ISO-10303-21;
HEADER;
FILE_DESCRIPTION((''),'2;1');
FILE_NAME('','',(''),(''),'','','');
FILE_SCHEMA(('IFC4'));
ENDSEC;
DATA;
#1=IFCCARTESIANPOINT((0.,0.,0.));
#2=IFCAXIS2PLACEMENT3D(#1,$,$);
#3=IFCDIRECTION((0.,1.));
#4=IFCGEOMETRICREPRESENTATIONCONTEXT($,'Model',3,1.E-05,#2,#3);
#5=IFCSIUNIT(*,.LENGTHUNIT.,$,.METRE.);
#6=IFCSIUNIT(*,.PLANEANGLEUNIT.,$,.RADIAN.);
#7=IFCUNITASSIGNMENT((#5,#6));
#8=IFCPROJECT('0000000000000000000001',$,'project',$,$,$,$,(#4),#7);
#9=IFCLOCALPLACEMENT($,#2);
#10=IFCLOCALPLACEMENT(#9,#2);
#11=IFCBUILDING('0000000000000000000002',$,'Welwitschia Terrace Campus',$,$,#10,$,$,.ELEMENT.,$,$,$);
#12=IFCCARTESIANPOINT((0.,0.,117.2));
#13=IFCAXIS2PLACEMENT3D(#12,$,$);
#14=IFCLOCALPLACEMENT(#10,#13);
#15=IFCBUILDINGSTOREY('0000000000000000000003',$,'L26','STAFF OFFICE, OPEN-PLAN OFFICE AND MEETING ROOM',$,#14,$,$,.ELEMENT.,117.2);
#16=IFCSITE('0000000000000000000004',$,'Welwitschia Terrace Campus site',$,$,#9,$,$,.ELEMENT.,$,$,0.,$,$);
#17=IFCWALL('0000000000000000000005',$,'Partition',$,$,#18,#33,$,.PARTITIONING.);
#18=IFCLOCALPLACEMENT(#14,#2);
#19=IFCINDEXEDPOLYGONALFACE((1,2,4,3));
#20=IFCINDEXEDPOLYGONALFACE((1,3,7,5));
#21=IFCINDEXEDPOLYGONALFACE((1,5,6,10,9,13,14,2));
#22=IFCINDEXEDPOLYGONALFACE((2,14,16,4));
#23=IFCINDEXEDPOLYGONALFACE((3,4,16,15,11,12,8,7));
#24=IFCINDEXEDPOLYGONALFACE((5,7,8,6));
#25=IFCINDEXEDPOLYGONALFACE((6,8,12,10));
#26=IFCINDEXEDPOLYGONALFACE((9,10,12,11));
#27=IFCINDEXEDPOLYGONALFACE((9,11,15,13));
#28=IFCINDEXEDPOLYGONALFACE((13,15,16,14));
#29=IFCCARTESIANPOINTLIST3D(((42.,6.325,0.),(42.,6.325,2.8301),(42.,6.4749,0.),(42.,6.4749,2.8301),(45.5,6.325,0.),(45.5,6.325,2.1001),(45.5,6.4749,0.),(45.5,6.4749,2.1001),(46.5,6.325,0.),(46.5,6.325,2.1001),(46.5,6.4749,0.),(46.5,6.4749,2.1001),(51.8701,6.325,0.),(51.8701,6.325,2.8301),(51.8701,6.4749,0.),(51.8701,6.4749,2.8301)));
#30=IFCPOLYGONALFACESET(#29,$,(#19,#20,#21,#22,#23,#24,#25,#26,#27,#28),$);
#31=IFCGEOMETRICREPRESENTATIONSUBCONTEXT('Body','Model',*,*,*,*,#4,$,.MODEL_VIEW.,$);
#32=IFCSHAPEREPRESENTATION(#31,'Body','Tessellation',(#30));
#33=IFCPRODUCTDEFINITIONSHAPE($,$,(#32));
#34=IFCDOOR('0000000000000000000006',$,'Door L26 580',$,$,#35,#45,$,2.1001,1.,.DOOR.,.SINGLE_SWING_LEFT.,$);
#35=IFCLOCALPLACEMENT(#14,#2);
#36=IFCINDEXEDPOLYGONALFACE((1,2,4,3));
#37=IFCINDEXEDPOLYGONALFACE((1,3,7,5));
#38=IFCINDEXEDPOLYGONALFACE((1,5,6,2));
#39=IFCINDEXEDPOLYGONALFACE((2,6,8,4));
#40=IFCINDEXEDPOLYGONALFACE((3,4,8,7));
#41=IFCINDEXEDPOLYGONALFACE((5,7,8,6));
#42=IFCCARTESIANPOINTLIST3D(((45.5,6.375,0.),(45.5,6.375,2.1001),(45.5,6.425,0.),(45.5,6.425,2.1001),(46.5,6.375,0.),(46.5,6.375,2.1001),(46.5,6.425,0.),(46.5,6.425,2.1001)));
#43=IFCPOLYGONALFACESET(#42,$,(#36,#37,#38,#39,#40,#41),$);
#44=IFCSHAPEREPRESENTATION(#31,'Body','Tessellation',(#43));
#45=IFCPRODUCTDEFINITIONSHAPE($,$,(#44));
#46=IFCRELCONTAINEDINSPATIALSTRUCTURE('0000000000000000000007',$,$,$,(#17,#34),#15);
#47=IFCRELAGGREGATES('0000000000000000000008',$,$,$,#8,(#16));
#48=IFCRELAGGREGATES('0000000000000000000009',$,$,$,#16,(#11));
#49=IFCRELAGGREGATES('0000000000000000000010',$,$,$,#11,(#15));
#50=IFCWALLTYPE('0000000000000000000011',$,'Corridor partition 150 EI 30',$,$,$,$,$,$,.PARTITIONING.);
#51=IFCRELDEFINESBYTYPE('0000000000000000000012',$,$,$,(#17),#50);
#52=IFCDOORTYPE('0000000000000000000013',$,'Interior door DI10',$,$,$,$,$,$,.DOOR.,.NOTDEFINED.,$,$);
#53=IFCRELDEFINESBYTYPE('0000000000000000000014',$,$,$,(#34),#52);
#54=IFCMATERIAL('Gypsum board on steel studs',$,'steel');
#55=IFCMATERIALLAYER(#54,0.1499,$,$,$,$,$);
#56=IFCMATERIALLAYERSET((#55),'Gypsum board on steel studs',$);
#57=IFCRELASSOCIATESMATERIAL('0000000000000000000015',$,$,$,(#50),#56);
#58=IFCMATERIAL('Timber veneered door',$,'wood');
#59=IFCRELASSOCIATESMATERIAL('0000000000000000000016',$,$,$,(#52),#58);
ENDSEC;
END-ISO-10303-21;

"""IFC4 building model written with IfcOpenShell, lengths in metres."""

from ifc_helpers import new_model, si_unit, direction, frame, frame_2d, origin, place, context, subcontext, project, spatial, rectangle, extrude, material, layer, layer_set, type_object, element, fill, save


model = new_model("IFC4")

# Units and contexts
model_context = context("Model", 3, precision=1e-05, world=origin(), true_north=direction((0.0, 1.0)))
body_context = subcontext(model_context, "Body", "Model", "MODEL_VIEW")
ifc_project = project(units=[si_unit("LENGTHUNIT", "METRE"), si_unit("PLANEANGLEUNIT", "RADIAN")], contexts=[model_context])

# Site, building, storey
site_placement = place(None, origin())
site = spatial("IfcSite", under=ifc_project, at=site_placement, Name="Welwitschia Terrace Campus site", CompositionType="ELEMENT", RefElevation=0.0)
building_placement = place(site_placement, origin())
building = spatial("IfcBuilding", under=site, at=building_placement, Name="Welwitschia Terrace Campus", CompositionType="ELEMENT")
storey_placement = place(building_placement, frame((0.0, 0.0, 117.2)))
storey = spatial("IfcBuildingStorey", under=building, at=storey_placement, Name="L26", Description="STAFF OFFICE, OPEN-PLAN OFFICE AND MEETING ROOM", CompositionType="ELEMENT", Elevation=117.2)

# Shared definitions
ifc_material_1 = material(Name="Gypsum board on steel studs", Category="steel")
ifc_layer_1 = layer(ifc_material_1, 0.1499)
ifc_layer_set_1 = layer_set([ifc_layer_1], Name="Gypsum board on steel studs")
wall_type = type_object("IfcWallType", Name="Corridor partition 150 EI 30", PredefinedType="PARTITIONING", material=ifc_layer_set_1)

# Shared definitions
ifc_material_2 = material(Name="Timber veneered door", Category="wood")
door_type_1 = type_object("IfcDoorType", Name="Interior door DI10", OperationType="NOTDEFINED", PredefinedType="DOOR", material=ifc_material_2)

# Wall, opening, door
wall_1_placement = place(storey_placement, frame((51.8701, 6.3999, 0.0), z_axis=(0.0, 0.0, 1.0), x_axis=(-1.0, 0.0, 0.0)))
wall_1 = element("IfcWall", 1, at=wall_1_placement, inside=storey, type_object=wall_type, Name="Partition", PredefinedType="PARTITIONING", context=body_context, shape_type="SweptSolid", body=[
    extrude(rectangle(XDim=9.8701, YDim=0.1499, at=frame_2d((4.9351, 0.0))), origin(), (0.0, 0.0, 1.0), 2.8301),
])
opening_1_placement = place(wall_1_placement, frame((5.3701, 0.0, 0.0)))
opening_1 = element("IfcOpeningElement", 2, at=opening_1_placement, cuts=wall_1, PredefinedType="OPENING", context=body_context, shape_type="SweptSolid", body=[
    extrude(rectangle(XDim=1.0, YDim=2.1001, at=frame_2d((0.5, 1.05))), frame((0.0, 0.085, 0.0), z_axis=(0.0, -1.0, 0.0), x_axis=(1.0, 0.0, 0.0)), (0.0, 0.0, 1.0), 0.1699),
])
door_1_placement = place(opening_1_placement, origin())
door_1 = element("IfcDoor", 3, at=door_1_placement, inside=storey, type_object=door_type_1, Name="Door L26 580", OperationType="SINGLE_SWING_LEFT", OverallHeight=2.1001, OverallWidth=1.0, PredefinedType="DOOR", context=body_context, shape_type="SweptSolid", body=[
    extrude(rectangle(XDim=1.0, YDim=2.1001, at=frame_2d((0.5, 1.05))), frame((0.0, 0.0249, 0.0), z_axis=(0.0, -1.0, 0.0), x_axis=(1.0, 0.0, 0.0)), (0.0, 0.0, 1.0), 0.05),
])
fill(opening_1, door_1)

save(model, "model.ifc")
